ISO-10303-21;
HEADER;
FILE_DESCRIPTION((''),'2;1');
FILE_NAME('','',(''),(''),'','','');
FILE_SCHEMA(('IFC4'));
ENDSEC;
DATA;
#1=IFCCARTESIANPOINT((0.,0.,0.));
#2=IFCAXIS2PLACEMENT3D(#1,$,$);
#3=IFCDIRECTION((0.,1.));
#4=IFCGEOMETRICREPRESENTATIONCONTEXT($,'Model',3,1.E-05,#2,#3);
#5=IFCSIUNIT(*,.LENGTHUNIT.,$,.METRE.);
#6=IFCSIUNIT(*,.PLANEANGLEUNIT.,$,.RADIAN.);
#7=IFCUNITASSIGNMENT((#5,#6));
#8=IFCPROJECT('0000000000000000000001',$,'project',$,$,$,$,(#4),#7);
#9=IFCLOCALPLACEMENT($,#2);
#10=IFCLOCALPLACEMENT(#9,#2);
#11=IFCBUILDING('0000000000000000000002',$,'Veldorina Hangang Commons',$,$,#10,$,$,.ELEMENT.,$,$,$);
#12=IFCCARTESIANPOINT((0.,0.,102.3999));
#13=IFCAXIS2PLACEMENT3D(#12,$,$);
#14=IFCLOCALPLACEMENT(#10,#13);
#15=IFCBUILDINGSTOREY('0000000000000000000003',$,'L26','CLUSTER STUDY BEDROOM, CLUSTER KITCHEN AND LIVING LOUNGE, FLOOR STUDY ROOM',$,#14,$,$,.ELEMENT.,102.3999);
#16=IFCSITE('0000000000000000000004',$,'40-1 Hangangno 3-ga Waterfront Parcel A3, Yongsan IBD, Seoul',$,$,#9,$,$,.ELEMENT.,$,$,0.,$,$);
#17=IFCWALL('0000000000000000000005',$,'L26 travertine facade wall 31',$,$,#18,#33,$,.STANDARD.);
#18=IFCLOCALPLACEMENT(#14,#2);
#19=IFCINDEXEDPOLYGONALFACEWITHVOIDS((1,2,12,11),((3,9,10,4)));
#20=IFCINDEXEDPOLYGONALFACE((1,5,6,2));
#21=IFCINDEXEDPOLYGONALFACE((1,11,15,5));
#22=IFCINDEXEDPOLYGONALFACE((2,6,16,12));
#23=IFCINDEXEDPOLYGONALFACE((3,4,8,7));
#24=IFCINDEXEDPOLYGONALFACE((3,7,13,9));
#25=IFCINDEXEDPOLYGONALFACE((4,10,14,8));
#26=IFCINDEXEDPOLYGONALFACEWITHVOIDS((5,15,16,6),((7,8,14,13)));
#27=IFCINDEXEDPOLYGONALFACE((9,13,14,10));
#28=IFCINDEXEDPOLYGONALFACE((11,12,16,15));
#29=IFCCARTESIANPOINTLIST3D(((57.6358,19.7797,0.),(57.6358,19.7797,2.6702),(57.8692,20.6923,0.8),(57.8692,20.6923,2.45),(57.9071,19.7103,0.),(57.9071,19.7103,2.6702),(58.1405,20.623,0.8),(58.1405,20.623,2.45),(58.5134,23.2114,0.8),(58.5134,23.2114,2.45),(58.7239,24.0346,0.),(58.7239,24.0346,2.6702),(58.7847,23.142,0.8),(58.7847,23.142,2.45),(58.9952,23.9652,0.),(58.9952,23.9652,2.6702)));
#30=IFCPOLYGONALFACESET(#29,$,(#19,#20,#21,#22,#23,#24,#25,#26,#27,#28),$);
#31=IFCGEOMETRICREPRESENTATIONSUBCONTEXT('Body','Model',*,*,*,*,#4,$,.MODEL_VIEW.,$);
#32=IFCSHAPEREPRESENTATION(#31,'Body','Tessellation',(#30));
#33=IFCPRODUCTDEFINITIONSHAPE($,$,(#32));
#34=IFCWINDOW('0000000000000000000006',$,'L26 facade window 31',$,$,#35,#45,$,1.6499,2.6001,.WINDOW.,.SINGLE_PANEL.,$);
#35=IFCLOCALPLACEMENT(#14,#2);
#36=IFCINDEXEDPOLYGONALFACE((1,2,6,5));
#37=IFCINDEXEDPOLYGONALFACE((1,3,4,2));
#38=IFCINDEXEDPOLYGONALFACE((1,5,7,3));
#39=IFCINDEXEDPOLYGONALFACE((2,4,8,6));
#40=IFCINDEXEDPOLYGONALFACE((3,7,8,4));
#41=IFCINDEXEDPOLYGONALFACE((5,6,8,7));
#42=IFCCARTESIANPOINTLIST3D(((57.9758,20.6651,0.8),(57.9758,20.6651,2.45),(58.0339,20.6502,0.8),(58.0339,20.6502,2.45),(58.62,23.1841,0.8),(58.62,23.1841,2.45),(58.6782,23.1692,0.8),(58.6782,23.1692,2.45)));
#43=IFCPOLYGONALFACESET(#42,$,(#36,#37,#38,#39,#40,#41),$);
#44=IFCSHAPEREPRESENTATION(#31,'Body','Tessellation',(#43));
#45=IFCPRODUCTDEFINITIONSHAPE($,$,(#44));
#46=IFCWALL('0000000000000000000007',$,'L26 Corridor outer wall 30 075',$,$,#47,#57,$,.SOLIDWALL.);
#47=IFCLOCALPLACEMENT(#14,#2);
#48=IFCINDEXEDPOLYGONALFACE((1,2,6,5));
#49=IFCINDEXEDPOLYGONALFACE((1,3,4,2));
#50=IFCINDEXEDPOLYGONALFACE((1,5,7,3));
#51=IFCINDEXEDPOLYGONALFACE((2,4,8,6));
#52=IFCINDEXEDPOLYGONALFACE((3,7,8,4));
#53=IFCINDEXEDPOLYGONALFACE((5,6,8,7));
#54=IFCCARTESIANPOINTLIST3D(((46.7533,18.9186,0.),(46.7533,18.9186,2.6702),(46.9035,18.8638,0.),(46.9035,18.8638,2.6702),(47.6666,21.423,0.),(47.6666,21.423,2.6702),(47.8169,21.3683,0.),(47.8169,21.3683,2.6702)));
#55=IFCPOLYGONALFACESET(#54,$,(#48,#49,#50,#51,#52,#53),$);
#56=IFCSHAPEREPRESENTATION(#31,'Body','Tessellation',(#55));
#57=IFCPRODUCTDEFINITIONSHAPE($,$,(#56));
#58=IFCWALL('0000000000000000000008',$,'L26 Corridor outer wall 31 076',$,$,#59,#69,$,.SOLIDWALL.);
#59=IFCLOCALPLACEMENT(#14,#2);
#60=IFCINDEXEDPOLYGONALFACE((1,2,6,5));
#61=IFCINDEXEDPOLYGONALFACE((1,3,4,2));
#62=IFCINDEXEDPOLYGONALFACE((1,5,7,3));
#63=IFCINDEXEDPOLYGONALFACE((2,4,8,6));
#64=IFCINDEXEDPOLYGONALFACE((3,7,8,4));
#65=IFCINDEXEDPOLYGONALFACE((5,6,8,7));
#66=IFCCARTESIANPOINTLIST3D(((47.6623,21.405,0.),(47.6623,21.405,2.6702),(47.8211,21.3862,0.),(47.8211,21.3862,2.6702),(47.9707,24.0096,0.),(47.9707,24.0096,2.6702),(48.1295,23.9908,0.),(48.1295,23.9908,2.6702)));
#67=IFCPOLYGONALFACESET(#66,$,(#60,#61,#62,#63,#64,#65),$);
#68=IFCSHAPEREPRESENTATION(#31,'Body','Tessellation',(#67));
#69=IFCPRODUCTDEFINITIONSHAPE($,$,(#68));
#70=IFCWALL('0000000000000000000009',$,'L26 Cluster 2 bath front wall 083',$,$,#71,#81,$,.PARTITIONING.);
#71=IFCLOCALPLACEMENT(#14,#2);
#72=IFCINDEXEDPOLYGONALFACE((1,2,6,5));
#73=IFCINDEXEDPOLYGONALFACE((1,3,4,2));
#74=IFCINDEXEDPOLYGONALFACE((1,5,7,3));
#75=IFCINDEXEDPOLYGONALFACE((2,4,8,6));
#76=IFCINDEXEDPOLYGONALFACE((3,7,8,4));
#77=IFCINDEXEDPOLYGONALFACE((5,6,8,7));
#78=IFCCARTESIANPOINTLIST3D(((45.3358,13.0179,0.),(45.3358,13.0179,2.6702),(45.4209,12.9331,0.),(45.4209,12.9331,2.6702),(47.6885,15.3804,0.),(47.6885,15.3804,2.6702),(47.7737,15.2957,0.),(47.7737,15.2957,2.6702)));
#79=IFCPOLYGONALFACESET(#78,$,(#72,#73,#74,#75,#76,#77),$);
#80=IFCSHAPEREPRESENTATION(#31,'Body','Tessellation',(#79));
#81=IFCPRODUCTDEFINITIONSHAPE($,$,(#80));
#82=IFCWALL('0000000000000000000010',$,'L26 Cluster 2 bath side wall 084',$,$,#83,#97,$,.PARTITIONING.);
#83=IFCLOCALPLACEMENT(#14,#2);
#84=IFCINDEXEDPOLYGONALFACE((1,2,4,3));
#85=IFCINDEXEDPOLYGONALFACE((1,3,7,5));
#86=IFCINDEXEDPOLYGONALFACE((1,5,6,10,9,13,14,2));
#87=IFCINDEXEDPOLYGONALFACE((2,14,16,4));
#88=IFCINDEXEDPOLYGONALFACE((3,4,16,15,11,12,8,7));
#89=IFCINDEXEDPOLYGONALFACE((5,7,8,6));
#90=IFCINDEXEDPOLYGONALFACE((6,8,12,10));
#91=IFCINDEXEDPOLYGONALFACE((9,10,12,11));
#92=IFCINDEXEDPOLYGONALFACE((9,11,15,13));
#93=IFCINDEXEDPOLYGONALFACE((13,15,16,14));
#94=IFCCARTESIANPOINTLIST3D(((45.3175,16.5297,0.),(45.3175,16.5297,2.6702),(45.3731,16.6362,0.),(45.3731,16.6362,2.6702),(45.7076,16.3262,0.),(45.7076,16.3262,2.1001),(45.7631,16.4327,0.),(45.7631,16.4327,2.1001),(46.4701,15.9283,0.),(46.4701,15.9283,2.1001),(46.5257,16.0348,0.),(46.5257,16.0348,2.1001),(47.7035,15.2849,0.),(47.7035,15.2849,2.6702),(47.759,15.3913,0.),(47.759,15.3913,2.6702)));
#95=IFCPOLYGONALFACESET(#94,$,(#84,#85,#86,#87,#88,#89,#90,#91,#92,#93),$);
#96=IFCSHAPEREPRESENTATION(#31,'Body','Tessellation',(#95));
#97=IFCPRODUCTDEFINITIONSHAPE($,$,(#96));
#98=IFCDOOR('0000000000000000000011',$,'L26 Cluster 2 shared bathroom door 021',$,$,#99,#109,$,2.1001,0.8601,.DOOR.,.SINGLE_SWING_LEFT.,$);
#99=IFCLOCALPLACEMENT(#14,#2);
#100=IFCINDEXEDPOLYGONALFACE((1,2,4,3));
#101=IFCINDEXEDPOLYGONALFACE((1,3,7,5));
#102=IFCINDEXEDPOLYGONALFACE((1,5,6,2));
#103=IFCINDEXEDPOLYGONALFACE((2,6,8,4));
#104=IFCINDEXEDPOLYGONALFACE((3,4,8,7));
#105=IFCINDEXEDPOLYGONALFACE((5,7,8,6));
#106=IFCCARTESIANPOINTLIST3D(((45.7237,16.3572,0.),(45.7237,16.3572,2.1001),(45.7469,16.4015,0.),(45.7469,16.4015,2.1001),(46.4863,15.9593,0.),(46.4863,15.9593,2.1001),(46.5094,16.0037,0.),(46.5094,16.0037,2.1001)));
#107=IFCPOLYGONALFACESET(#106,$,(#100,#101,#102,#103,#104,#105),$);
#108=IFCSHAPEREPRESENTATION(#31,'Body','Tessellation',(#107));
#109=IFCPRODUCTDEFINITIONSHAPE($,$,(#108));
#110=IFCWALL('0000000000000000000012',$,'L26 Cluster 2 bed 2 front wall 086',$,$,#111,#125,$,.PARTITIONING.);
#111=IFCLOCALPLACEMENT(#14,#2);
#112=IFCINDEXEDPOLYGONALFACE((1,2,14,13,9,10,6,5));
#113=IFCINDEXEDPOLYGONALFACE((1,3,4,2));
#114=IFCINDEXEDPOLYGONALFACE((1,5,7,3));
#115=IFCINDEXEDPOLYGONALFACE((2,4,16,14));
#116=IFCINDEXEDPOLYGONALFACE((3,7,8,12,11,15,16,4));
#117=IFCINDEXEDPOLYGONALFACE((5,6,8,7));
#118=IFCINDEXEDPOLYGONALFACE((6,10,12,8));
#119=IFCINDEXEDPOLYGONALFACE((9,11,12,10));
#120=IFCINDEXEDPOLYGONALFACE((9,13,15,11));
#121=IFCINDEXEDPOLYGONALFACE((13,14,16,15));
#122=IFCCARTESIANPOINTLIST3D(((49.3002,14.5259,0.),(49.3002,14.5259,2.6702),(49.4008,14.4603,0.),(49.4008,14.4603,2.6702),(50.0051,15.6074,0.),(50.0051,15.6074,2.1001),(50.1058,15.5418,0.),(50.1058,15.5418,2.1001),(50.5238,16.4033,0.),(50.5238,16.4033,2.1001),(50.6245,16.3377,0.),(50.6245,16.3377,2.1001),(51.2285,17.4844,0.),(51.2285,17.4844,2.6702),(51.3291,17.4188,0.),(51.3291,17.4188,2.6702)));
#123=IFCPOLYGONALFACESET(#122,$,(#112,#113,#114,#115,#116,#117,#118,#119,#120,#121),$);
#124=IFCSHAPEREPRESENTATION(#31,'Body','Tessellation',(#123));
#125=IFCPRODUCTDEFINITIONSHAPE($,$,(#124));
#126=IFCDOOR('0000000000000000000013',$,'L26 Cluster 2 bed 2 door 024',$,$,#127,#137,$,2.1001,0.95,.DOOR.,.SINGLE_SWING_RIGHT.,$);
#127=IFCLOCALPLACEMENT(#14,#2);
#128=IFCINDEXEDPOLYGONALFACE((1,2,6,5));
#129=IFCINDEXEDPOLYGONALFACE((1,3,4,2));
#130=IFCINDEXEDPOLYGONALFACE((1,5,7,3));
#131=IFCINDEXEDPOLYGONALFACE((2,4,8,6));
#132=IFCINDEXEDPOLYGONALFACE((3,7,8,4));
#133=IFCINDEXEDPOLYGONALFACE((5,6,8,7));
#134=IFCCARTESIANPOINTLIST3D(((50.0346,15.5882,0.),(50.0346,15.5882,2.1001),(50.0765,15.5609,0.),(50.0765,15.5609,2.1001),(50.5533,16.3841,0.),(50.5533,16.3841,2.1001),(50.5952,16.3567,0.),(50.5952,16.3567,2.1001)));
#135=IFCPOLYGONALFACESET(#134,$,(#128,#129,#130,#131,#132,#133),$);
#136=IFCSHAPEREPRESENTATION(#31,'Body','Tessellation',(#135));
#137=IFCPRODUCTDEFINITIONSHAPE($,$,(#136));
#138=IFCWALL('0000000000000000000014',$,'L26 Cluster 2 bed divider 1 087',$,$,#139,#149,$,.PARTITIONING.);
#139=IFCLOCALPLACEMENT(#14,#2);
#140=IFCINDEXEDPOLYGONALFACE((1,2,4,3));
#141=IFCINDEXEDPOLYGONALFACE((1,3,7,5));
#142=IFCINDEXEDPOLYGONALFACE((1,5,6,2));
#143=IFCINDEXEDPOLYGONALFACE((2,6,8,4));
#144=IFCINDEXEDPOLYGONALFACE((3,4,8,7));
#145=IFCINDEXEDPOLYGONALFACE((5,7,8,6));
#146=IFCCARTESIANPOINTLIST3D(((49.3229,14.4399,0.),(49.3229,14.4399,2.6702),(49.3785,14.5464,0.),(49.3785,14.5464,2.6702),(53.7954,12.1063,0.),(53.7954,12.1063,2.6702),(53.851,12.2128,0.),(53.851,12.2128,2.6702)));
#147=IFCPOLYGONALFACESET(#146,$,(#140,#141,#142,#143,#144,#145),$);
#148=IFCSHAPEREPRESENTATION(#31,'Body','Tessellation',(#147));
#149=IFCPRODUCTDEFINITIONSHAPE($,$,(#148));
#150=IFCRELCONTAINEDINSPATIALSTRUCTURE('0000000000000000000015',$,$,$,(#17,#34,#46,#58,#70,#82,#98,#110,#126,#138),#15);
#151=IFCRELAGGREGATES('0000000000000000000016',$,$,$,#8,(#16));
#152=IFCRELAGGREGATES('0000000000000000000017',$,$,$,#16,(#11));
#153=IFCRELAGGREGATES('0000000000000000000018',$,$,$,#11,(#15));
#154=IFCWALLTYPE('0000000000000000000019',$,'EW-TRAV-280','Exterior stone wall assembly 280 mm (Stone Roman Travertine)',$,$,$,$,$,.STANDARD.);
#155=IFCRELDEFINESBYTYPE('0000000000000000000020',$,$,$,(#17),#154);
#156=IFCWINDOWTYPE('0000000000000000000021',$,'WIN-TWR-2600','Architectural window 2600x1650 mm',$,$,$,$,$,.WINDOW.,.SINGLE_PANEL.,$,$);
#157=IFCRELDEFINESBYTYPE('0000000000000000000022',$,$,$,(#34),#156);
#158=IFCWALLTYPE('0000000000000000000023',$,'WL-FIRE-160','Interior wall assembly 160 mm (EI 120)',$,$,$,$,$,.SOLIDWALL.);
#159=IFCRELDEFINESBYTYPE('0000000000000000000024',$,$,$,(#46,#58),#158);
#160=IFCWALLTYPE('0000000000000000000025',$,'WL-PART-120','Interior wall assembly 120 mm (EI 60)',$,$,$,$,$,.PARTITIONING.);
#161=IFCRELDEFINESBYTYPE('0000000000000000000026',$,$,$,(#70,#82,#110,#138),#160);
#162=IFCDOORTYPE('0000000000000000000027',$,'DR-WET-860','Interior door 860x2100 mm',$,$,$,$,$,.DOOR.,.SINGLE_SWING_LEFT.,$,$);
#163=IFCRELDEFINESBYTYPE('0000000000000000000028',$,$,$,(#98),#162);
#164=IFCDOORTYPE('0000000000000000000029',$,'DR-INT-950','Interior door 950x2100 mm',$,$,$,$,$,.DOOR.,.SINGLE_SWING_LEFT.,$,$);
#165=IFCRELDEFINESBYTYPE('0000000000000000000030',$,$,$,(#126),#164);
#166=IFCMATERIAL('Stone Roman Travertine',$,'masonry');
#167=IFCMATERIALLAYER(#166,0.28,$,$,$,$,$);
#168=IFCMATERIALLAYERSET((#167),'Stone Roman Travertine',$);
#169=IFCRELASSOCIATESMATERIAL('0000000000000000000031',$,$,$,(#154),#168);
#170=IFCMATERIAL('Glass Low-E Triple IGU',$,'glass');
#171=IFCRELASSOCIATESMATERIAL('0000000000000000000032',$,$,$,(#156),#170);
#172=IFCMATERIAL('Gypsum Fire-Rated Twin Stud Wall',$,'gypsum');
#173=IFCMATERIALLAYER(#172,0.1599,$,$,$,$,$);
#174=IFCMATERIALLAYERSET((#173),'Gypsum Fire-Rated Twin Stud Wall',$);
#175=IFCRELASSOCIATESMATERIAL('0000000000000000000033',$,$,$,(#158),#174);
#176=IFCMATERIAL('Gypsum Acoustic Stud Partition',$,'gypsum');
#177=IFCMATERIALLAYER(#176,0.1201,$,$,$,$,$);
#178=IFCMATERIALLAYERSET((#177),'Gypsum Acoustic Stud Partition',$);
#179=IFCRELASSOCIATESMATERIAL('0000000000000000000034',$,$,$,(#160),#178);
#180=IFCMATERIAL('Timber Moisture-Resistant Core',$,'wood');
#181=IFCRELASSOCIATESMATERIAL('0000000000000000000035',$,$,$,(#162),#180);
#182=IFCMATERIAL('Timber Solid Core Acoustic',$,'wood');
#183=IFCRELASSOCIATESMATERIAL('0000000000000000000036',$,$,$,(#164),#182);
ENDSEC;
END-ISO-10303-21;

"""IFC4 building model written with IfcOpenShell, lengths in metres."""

from ifc_helpers import new_model, si_unit, direction, frame, frame_2d, origin, place, context, subcontext, project, spatial, rectangle, extrude, material, layer, layer_set, type_object, element, fill, save


model = new_model("IFC4")

# Units and contexts
model_context = context("Model", 3, precision=1e-05, world=origin(), true_north=direction((0.0, 1.0)))
body_context = subcontext(model_context, "Body", "Model", "MODEL_VIEW")
ifc_project = project(units=[si_unit("LENGTHUNIT", "METRE"), si_unit("PLANEANGLEUNIT", "RADIAN")], contexts=[model_context])

# Site, building, storey
site_placement = place(None, origin())
site = spatial("IfcSite", under=ifc_project, at=site_placement, Name="40-1 Hangangno 3-ga Waterfront Parcel A3, Yongsan IBD, Seoul", CompositionType="ELEMENT", RefElevation=0.0)
building_placement = place(site_placement, origin())
building = spatial("IfcBuilding", under=site, at=building_placement, Name="Veldorina Hangang Commons", CompositionType="ELEMENT")
storey_placement = place(building_placement, frame((0.0, 0.0, 102.3999)))
storey = spatial("IfcBuildingStorey", under=building, at=storey_placement, Name="L26", Description="CLUSTER STUDY BEDROOM, CLUSTER KITCHEN AND LIVING LOUNGE, FLOOR STUDY ROOM", CompositionType="ELEMENT", Elevation=102.3999)

# Shared definitions
ifc_material_1 = material(Name="Glass Low-E Triple IGU", Category="glass")

# Wall, opening, window
ifc_material_2 = material(Name="Stone Roman Travertine", Category="masonry")
ifc_layer_1 = layer(ifc_material_2, 0.28)
ifc_layer_set_1 = layer_set([ifc_layer_1], Name="Stone Roman Travertine")
wall_type_1 = type_object("IfcWallType", Name="EW-TRAV-280", Description="Exterior stone wall assembly 280 mm (Stone Roman Travertine)", PredefinedType="STANDARD", material=ifc_layer_set_1)
wall_1_placement = place(storey_placement, frame((57.7715, 19.7451, 0.0), z_axis=(0.0, 0.0, 1.0), x_axis=(0.247764, 0.96882, 0.0)))
wall_1 = element("IfcWall", 1, at=wall_1_placement, inside=storey, type_object=wall_type_1, Name="L26 travertine facade wall 31", PredefinedType="STANDARD", context=body_context, shape_type="SweptSolid", body=[
    extrude(rectangle(XDim=4.3918, YDim=0.28, at=frame_2d((2.1958, 0.0))), origin(), (0.0, 0.0, 1.0), 2.6702),
])
opening_1_placement = place(wall_1_placement, frame((0.9419, 0.0, 0.8)))
opening_1 = element("IfcOpeningElement", 2, at=opening_1_placement, cuts=wall_1, PredefinedType="OPENING", context=body_context, shape_type="SweptSolid", body=[
    extrude(rectangle(XDim=2.6001, YDim=1.6499, at=frame_2d((1.3, 0.825))), frame((0.0, 0.1499, 0.0), z_axis=(0.0, -1.0, 0.0), x_axis=(1.0, 0.0, 0.0)), (0.0, 0.0, 1.0), 0.3),
])
window_type = type_object("IfcWindowType", Name="WIN-TWR-2600", Description="Architectural window 2600x1650 mm", PartitioningType="SINGLE_PANEL", PredefinedType="WINDOW", material=ifc_material_1)
window_placement = place(opening_1_placement, origin())
window = element("IfcWindow", 3, at=window_placement, inside=storey, type_object=window_type, Name="L26 facade window 31", OverallHeight=1.6499, OverallWidth=2.6001, PartitioningType="SINGLE_PANEL", PredefinedType="WINDOW", context=body_context, shape_type="SweptSolid", body=[
    extrude(rectangle(XDim=2.6001, YDim=1.6499, at=frame_2d((1.3, 0.825))), frame((0.0, 0.03, 0.0), z_axis=(0.0, -1.0, 0.0), x_axis=(1.0, 0.0, 0.0)), (0.0, 0.0, 1.0), 0.0601),
])
fill(opening_1, window)

# Walls
ifc_material_3 = material(Name="Gypsum Fire-Rated Twin Stud Wall", Category="gypsum")
ifc_layer_2 = layer(ifc_material_3, 0.1599)
ifc_layer_set_2 = layer_set([ifc_layer_2], Name="Gypsum Fire-Rated Twin Stud Wall")
wall_type_2 = type_object("IfcWallType", Name="WL-FIRE-160", Description="Interior wall assembly 160 mm (EI 120)", PredefinedType="SOLIDWALL", material=ifc_layer_set_2)
wall_2_placement = place(storey_placement, frame((46.8284, 18.8911, 0.0), z_axis=(0.0, 0.0, 1.0), x_axis=(0.342618, 0.939475, 0.0)))
element("IfcWall", 4, at=wall_2_placement, inside=storey, type_object=wall_type_2, Name="L26 Corridor outer wall 30 075", PredefinedType="SOLIDWALL", context=body_context, shape_type="SweptSolid", body=[
    extrude(rectangle(XDim=2.6658, YDim=0.1599, at=frame_2d((1.333, 0.0))), origin(), (0.0, 0.0, 1.0), 2.6702),
])
wall_3_placement = place(storey_placement, frame((47.7417, 21.3955, 0.0), z_axis=(0.0, 0.0, 1.0), x_axis=(0.11757, 0.993065, 0.0)))
element("IfcWall", 5, at=wall_3_placement, inside=storey, type_object=wall_type_2, Name="L26 Corridor outer wall 31 076", PredefinedType="SOLIDWALL", context=body_context, shape_type="SweptSolid", body=[
    extrude(rectangle(XDim=2.6228, YDim=0.1599, at=frame_2d((1.3115, 0.0))), origin(), (0.0, 0.0, 1.0), 2.6702),
])
ifc_material_4 = material(Name="Gypsum Acoustic Stud Partition", Category="gypsum")
ifc_layer_3 = layer(ifc_material_4, 0.1201)
ifc_layer_set_3 = layer_set([ifc_layer_3], Name="Gypsum Acoustic Stud Partition")
wall_type_3 = type_object("IfcWallType", Name="WL-PART-120", Description="Interior wall assembly 120 mm (EI 60)", PredefinedType="PARTITIONING", material=ifc_layer_set_3)
wall_4_placement = place(storey_placement, frame((45.3784, 12.9756, 0.0), z_axis=(0.0, 0.0, 1.0), x_axis=(0.705641, 0.70857, 0.0)))
element("IfcWall", 6, at=wall_4_placement, inside=storey, type_object=wall_type_3, Name="L26 Cluster 2 bath front wall 083", PredefinedType="PARTITIONING", context=body_context, shape_type="SweptSolid", body=[
    extrude(rectangle(XDim=3.3342, YDim=0.1201, at=frame_2d((1.667, 0.0))), origin(), (0.0, 0.0, 1.0), 2.6702),
])

# Walls, openings, doors
wall_5_placement = place(storey_placement, frame((45.3452, 16.583, 0.0), z_axis=(0.0, 0.0, 1.0), x_axis=(0.886583, -0.462569, 0.0)))
wall_5 = element("IfcWall", 7, at=wall_5_placement, inside=storey, type_object=wall_type_3, Name="L26 Cluster 2 bath side wall 084", PredefinedType="PARTITIONING", context=body_context, shape_type="SweptSolid", body=[
    extrude(rectangle(XDim=2.6912, YDim=0.1201, at=frame_2d((1.3457, 0.0))), origin(), (0.0, 0.0, 1.0), 2.6702),
])
opening_2_placement = place(wall_5_placement, frame((0.4399, 0.0, 0.0)))
opening_2 = element("IfcOpeningElement", 8, at=opening_2_placement, cuts=wall_5, PredefinedType="OPENING", context=body_context, shape_type="SweptSolid", body=[
    extrude(rectangle(XDim=0.8601, YDim=2.1001, at=frame_2d((0.4302, 1.05))), frame((0.0, 0.0701, 0.0), z_axis=(0.0, -1.0, 0.0), x_axis=(1.0, 0.0, 0.0)), (0.0, 0.0, 1.0), 0.1401),
])
ifc_material_5 = material(Name="Timber Moisture-Resistant Core", Category="wood")
door_type_1 = type_object("IfcDoorType", Name="DR-WET-860", Description="Interior door 860x2100 mm", OperationType="SINGLE_SWING_LEFT", PredefinedType="DOOR", material=ifc_material_5)
door_1_placement = place(opening_2_placement, origin())
door_1 = element("IfcDoor", 9, at=door_1_placement, inside=storey, type_object=door_type_1, Name="L26 Cluster 2 shared bathroom door 021", OperationType="SINGLE_SWING_LEFT", OverallHeight=2.1001, OverallWidth=0.8601, PredefinedType="DOOR", context=body_context, shape_type="SweptSolid", body=[
    extrude(rectangle(XDim=0.8601, YDim=2.1001, at=frame_2d((0.4302, 1.05))), frame((0.0, 0.0249, 0.0), z_axis=(0.0, -1.0, 0.0), x_axis=(1.0, 0.0, 0.0)), (0.0, 0.0, 1.0), 0.05),
])
fill(opening_2, door_1)
wall_6_placement = place(storey_placement, frame((49.3506, 14.4932, 0.0), z_axis=(0.0, 0.0, 1.0), x_axis=(0.546023, 0.83777, 0.0)))
wall_6 = element("IfcWall", 10, at=wall_6_placement, inside=storey, type_object=wall_type_3, Name="L26 Cluster 2 bed 2 front wall 086", PredefinedType="PARTITIONING", context=body_context, shape_type="SweptSolid", body=[
    extrude(rectangle(XDim=3.5315, YDim=0.1201, at=frame_2d((1.7656, 0.0))), origin(), (0.0, 0.0, 1.0), 2.6702),
])
opening_3_placement = place(wall_6_placement, frame((1.2908, 0.0, 0.0)))
opening_3 = element("IfcOpeningElement", 11, at=opening_3_placement, cuts=wall_6, PredefinedType="OPENING", context=body_context, shape_type="SweptSolid", body=[
    extrude(rectangle(XDim=0.95, YDim=2.1001, at=frame_2d((0.4751, 1.05))), frame((0.0, 0.0701, 0.0), z_axis=(0.0, -1.0, 0.0), x_axis=(1.0, 0.0, 0.0)), (0.0, 0.0, 1.0), 0.1401),
])
ifc_material_6 = material(Name="Timber Solid Core Acoustic", Category="wood")
door_type_2 = type_object("IfcDoorType", Name="DR-INT-950", Description="Interior door 950x2100 mm", OperationType="SINGLE_SWING_LEFT", PredefinedType="DOOR", material=ifc_material_6)
door_2_placement = place(opening_3_placement, origin())
door_2 = element("IfcDoor", 12, at=door_2_placement, inside=storey, type_object=door_type_2, Name="L26 Cluster 2 bed 2 door 024", OperationType="SINGLE_SWING_RIGHT", OverallHeight=2.1001, OverallWidth=0.95, PredefinedType="DOOR", context=body_context, shape_type="SweptSolid", body=[
    extrude(rectangle(XDim=0.95, YDim=2.1001, at=frame_2d((0.4751, 1.05))), frame((0.0, 0.0249, 0.0), z_axis=(0.0, -1.0, 0.0), x_axis=(1.0, 0.0, 0.0)), (0.0, 0.0, 1.0), 0.05),
])
fill(opening_3, door_2)

# Wall
wall_7_placement = place(storey_placement, frame((49.3506, 14.4932, 0.0), z_axis=(0.0, 0.0, 1.0), x_axis=(0.88658, -0.462576, 0.0)))
element("IfcWall", 13, at=wall_7_placement, inside=storey, type_object=wall_type_3, Name="L26 Cluster 2 bed divider 1 087", PredefinedType="PARTITIONING", context=body_context, shape_type="SweptSolid", body=[
    extrude(rectangle(XDim=5.0447, YDim=0.1201, at=frame_2d((2.5225, 0.0))), origin(), (0.0, 0.0, 1.0), 2.6702),
])

save(model, "model.ifc")
